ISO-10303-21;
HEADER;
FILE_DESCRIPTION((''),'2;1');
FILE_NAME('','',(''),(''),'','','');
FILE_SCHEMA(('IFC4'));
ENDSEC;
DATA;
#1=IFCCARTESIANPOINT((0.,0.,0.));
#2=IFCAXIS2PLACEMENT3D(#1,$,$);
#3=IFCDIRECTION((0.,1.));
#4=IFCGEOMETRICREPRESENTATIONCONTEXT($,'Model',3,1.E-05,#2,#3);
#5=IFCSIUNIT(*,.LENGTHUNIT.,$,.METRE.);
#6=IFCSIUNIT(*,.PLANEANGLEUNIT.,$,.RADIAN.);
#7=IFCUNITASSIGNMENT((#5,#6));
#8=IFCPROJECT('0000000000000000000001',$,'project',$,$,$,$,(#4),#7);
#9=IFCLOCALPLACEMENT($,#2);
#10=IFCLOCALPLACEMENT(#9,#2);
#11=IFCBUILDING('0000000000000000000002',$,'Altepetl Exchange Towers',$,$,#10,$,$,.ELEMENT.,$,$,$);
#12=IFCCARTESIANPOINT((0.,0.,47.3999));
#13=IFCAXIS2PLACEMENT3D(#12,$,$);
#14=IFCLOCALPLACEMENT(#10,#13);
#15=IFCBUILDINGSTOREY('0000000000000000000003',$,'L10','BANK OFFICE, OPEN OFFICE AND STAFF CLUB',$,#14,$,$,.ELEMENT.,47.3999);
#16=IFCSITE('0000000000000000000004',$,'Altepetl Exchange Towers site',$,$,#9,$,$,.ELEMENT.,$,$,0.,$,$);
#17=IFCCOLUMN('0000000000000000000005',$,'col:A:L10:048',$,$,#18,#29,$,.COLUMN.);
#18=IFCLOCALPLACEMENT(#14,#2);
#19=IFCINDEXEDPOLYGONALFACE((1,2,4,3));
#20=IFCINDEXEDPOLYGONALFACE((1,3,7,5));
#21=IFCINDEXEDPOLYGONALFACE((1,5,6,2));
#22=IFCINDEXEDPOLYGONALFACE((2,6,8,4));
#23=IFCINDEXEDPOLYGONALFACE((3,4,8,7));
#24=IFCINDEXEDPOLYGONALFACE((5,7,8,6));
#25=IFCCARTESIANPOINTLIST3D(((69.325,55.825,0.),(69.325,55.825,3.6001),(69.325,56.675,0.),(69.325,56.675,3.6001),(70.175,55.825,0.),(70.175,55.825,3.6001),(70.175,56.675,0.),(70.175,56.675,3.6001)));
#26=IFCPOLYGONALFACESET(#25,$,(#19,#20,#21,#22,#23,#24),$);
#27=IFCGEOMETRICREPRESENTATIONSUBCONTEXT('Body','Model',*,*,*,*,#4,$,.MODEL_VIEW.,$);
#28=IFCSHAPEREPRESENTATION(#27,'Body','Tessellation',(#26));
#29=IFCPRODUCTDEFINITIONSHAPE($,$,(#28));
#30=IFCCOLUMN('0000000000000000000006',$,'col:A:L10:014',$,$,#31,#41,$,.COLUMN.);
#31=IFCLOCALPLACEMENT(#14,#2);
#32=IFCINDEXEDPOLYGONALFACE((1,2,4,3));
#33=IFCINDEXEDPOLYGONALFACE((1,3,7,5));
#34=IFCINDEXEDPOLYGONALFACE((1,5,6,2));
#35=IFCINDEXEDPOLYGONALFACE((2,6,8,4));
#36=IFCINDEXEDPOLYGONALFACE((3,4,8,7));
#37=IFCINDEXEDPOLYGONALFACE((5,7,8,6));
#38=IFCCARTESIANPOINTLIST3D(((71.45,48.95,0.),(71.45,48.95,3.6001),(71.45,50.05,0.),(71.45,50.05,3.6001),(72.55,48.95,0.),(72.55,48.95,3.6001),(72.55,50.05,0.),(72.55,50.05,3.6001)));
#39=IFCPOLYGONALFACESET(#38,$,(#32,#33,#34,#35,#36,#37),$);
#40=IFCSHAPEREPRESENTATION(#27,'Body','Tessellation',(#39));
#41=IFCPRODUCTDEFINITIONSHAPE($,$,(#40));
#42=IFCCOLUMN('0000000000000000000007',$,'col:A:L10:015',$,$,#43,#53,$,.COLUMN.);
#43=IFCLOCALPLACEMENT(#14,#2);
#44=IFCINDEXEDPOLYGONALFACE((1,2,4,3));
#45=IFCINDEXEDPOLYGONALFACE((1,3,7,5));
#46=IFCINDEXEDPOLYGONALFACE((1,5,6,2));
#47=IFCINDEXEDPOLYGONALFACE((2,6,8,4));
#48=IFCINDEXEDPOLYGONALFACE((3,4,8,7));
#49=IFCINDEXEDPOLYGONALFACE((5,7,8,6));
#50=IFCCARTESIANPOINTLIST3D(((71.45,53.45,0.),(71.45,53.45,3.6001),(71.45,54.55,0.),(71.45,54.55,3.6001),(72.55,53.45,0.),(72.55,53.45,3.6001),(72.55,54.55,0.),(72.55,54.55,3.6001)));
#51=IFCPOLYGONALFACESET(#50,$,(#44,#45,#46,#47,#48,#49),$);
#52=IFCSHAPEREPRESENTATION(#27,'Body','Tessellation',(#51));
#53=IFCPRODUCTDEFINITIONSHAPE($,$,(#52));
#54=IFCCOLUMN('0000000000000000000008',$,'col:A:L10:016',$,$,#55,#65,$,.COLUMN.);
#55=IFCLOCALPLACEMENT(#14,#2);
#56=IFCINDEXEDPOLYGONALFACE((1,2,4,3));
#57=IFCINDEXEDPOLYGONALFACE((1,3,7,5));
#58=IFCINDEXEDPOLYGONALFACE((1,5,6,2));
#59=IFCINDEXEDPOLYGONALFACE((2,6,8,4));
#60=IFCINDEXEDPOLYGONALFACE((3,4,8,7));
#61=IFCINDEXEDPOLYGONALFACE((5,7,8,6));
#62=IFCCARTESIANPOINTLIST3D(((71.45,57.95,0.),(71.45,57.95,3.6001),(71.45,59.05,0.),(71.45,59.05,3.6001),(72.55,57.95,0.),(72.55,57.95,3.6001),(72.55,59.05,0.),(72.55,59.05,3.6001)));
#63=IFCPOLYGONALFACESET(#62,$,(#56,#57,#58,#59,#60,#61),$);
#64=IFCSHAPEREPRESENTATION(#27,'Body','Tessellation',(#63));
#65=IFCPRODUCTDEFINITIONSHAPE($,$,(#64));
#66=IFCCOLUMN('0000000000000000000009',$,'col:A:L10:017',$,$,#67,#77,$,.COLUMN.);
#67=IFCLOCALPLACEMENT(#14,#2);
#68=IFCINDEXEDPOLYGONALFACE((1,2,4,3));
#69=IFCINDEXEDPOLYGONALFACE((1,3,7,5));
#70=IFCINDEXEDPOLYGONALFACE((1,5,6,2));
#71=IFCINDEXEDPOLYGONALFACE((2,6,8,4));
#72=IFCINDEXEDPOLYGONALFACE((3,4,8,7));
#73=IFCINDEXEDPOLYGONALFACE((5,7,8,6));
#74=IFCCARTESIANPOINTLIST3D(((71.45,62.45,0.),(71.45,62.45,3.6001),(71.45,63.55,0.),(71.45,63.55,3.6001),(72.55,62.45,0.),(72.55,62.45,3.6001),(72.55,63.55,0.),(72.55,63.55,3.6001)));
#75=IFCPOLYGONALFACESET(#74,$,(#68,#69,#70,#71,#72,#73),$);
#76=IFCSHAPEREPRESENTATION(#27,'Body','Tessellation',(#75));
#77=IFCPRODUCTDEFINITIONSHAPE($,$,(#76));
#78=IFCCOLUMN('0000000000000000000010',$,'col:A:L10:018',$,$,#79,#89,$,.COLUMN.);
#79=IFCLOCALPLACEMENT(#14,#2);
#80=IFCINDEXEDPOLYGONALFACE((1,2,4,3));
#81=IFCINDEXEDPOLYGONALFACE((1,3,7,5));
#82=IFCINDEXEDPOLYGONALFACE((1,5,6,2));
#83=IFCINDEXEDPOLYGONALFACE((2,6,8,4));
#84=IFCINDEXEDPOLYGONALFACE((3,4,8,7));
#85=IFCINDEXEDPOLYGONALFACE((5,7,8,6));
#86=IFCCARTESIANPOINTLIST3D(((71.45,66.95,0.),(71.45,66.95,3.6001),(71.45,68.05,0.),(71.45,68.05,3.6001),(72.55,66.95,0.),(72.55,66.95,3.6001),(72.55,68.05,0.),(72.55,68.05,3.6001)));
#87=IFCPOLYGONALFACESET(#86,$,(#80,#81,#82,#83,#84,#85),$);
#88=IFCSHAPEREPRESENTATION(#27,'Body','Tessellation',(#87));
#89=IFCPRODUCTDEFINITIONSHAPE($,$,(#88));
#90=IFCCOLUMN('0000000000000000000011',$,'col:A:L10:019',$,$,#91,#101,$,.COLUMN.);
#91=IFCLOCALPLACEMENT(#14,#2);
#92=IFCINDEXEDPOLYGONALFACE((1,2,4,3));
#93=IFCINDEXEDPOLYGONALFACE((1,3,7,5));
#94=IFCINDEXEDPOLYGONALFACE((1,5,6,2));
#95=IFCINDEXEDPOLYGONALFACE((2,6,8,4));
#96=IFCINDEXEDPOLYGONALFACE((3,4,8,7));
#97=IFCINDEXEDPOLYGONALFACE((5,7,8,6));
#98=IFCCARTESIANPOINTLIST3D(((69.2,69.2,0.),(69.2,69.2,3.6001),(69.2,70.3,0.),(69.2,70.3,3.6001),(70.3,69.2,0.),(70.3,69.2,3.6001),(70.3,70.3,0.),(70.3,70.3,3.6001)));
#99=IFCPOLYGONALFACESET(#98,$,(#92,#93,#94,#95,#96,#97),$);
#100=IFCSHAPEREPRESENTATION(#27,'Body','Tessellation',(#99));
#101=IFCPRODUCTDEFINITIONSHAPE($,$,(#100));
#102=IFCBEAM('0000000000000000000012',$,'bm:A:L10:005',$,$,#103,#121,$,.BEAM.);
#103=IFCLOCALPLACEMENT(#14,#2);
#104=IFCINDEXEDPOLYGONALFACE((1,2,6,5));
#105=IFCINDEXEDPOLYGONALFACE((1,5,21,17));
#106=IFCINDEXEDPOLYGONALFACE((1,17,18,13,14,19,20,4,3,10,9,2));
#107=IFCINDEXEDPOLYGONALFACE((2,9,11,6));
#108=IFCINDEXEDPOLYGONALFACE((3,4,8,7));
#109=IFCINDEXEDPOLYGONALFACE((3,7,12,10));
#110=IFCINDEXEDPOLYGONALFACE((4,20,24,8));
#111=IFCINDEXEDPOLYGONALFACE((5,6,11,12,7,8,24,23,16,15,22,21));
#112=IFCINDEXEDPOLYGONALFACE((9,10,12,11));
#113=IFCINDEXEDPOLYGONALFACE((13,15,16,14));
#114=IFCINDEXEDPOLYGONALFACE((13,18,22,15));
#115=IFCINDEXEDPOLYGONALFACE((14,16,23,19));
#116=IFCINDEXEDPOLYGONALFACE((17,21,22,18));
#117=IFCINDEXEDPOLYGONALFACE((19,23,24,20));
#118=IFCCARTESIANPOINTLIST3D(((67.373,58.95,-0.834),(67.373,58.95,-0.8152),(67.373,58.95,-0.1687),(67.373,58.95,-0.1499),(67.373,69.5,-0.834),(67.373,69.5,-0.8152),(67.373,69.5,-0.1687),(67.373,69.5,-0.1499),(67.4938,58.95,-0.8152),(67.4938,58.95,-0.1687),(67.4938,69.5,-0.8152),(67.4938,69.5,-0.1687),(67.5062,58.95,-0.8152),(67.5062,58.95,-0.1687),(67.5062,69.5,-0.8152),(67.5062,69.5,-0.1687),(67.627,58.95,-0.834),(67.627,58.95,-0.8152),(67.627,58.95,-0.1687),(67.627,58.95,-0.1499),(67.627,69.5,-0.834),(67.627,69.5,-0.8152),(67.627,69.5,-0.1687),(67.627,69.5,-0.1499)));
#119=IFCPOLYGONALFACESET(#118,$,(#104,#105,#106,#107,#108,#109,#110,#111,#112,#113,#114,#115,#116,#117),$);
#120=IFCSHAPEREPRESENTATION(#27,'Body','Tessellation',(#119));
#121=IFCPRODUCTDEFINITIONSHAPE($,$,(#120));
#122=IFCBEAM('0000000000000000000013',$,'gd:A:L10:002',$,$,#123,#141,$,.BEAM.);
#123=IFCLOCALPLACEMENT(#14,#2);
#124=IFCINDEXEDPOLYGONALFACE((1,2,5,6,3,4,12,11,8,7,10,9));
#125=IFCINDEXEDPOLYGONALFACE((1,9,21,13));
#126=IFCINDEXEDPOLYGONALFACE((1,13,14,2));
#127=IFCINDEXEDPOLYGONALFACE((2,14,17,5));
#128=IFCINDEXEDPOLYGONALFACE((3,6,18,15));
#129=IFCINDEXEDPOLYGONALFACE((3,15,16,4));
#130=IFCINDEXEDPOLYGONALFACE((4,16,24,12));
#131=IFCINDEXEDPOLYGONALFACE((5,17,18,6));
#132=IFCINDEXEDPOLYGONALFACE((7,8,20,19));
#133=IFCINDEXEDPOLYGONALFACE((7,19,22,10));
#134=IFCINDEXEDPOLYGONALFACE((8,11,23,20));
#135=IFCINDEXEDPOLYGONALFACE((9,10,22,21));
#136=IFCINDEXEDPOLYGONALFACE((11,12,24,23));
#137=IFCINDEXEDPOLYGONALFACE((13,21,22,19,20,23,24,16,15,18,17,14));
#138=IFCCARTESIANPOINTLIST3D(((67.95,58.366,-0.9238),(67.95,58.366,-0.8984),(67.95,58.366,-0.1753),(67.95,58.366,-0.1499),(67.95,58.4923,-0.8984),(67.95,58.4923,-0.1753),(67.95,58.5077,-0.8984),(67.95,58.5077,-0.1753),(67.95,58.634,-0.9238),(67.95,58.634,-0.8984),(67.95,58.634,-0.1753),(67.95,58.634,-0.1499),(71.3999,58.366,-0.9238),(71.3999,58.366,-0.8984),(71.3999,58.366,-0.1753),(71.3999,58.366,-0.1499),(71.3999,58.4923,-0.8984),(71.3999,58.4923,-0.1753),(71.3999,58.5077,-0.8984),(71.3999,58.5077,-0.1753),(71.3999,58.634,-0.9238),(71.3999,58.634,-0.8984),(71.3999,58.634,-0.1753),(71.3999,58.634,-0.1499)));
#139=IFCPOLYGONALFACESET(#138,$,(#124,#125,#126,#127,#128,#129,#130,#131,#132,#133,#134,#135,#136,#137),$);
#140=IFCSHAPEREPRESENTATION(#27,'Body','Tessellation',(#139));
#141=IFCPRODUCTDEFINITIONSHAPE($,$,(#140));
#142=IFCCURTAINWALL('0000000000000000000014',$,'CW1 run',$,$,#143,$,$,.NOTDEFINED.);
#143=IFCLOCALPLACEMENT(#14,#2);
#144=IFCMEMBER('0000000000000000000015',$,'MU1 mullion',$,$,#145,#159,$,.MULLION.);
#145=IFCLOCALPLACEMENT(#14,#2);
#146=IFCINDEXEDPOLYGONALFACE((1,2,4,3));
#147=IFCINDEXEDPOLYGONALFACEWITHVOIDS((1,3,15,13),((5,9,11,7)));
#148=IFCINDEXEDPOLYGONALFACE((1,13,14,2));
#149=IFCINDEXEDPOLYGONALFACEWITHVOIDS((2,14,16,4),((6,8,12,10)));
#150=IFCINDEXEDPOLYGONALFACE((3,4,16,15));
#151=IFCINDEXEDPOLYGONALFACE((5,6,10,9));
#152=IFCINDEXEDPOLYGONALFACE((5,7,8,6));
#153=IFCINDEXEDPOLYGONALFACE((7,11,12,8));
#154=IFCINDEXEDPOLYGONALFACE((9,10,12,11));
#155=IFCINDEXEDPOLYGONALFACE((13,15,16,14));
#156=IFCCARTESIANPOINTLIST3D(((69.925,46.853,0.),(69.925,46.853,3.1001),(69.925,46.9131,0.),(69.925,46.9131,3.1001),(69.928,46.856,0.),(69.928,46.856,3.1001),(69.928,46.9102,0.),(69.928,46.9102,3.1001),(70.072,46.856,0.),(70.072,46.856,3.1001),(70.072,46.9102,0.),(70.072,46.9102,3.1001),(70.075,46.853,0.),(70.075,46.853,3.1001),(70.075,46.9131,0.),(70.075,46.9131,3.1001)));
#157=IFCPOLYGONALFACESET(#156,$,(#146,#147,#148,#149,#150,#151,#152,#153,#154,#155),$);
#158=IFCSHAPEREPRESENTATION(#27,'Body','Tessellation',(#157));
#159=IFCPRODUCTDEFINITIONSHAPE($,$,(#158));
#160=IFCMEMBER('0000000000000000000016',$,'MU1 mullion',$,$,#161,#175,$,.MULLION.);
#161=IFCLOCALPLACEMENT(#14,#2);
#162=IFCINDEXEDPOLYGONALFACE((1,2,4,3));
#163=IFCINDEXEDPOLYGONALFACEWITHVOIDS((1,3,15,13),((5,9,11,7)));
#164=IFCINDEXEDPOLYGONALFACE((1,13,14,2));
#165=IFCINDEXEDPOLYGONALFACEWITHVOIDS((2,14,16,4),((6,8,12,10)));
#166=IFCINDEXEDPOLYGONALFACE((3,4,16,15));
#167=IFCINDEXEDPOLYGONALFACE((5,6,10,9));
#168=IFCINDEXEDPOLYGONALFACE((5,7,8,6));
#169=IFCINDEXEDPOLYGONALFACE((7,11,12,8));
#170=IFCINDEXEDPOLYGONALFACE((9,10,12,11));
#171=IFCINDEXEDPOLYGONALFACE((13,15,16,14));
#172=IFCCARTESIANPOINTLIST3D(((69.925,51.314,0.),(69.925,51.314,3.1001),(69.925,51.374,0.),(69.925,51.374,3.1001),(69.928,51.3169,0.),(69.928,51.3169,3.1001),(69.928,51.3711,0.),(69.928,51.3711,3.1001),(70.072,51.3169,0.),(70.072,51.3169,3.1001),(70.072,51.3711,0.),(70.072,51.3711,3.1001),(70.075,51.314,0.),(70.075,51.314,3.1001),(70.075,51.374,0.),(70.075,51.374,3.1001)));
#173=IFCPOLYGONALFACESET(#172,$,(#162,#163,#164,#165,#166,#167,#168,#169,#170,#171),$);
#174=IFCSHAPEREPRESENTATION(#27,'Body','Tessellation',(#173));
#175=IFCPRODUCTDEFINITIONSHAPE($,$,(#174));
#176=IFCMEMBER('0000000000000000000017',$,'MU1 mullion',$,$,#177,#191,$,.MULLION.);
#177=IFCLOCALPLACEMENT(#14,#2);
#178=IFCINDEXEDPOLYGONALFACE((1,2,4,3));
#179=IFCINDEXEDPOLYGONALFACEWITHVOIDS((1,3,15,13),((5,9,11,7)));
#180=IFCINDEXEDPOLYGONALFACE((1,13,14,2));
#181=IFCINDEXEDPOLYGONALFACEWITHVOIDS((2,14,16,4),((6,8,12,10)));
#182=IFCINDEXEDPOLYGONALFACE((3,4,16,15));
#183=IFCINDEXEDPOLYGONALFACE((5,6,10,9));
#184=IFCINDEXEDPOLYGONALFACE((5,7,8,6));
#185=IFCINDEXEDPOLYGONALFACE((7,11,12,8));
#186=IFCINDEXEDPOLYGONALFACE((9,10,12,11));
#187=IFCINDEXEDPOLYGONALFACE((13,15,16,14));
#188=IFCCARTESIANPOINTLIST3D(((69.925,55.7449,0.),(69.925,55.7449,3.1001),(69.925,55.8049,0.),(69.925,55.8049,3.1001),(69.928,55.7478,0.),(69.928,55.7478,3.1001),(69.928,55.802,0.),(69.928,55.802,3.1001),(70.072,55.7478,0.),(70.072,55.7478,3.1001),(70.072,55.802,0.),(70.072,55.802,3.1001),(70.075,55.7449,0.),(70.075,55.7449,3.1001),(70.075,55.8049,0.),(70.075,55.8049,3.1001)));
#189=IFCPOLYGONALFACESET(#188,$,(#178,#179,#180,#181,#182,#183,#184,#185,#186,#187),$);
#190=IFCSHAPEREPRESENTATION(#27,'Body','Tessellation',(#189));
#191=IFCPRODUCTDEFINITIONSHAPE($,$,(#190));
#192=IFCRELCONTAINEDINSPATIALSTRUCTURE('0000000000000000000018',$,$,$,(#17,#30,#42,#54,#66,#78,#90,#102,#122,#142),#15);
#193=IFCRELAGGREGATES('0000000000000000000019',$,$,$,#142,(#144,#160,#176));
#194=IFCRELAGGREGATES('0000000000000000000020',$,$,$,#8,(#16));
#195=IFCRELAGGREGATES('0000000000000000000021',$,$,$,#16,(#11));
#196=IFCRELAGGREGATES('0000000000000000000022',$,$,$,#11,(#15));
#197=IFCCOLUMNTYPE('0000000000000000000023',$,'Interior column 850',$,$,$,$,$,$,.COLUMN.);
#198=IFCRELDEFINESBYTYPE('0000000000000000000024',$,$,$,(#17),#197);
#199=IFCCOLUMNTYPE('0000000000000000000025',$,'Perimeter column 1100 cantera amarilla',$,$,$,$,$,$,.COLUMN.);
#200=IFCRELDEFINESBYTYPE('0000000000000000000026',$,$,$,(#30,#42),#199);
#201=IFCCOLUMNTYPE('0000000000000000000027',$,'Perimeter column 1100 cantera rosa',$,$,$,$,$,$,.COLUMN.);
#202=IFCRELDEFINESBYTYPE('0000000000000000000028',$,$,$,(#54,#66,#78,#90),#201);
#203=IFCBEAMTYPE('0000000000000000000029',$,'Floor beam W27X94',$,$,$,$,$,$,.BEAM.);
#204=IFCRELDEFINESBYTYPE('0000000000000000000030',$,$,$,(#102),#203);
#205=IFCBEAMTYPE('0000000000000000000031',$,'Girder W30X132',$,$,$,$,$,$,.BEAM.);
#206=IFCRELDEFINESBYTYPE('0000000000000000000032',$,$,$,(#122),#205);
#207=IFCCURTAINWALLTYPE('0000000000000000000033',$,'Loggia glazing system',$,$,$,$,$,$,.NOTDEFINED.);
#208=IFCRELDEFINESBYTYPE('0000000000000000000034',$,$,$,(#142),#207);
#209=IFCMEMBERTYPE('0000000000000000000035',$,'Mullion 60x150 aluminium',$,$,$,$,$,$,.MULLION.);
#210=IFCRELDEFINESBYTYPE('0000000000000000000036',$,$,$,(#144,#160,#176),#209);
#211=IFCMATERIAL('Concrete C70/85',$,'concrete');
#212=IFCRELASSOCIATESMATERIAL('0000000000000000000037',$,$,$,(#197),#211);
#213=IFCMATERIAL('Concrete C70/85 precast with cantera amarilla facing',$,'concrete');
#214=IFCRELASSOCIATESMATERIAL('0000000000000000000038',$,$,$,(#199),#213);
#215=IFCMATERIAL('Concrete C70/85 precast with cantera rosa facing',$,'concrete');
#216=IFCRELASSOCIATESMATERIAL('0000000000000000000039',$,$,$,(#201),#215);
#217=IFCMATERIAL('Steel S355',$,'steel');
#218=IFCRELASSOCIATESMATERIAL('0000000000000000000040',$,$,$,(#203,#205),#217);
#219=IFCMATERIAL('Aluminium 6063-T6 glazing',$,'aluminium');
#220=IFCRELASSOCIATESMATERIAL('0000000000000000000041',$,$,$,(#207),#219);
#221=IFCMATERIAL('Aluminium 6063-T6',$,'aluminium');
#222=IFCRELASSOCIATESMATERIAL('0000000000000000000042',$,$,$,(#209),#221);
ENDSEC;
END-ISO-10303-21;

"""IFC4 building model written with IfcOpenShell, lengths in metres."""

from ifc_helpers import new_model, si_unit, direction, frame, origin, origin_2d, place, context, subcontext, project, spatial, rectangle, hollow_rectangle, i_section, extrude, material, material_profile, profile_set, type_object, element, aggregate, save


model = new_model("IFC4")

# Units and contexts
model_context = context("Model", 3, precision=1e-05, world=origin(), true_north=direction((0.0, 1.0)))
body_context = subcontext(model_context, "Body", "Model", "MODEL_VIEW")
ifc_project = project(units=[si_unit("LENGTHUNIT", "METRE"), si_unit("PLANEANGLEUNIT", "RADIAN")], contexts=[model_context])

# Site, building, storey
site_placement = place(None, origin())
site = spatial("IfcSite", under=ifc_project, at=site_placement, Name="Altepetl Exchange Towers site", CompositionType="ELEMENT", RefElevation=0.0)
building_placement = place(site_placement, origin())
building = spatial("IfcBuilding", under=site, at=building_placement, Name="Altepetl Exchange Towers", CompositionType="ELEMENT")
storey_placement = place(building_placement, frame((0.0, 0.0, 47.3999)))
storey = spatial("IfcBuildingStorey", under=building, at=storey_placement, Name="L10", Description="BANK OFFICE, OPEN OFFICE AND STAFF CLUB", CompositionType="ELEMENT", Elevation=47.3999)

# Columns
ifc_material_1 = material(Name="Concrete C70/85", Category="concrete")
ifc_material_profile_1 = material_profile(ifc_material_1, rectangle(XDim=0.8501, YDim=0.8501, at=origin_2d()), Name="850 x 850")
ifc_profile_set_1 = profile_set([ifc_material_profile_1], Name="Concrete C70/85")
column_type_1 = type_object("IfcColumnType", Name="Interior column 850", PredefinedType="COLUMN", material=ifc_profile_set_1)
column_placement = place(storey_placement, frame((69.75, 56.25, 0.0)))
element("IfcColumn", 1, at=column_placement, inside=storey, type_object=column_type_1, Name="col:A:L10:048", PredefinedType="COLUMN", context=body_context, shape_type="SweptSolid", body=[
    extrude(rectangle(XDim=0.8501, YDim=0.8501, at=origin_2d()), origin(), (0.0, 0.0, 1.0), 3.6001),
])
ifc_material_2 = material(Name="Concrete C70/85 precast with cantera amarilla facing", Category="concrete")
ifc_material_profile_2 = material_profile(ifc_material_2, rectangle(XDim=1.1001, YDim=1.1001, at=origin_2d()), Name="1100 x 1100")
ifc_profile_set_2 = profile_set([ifc_material_profile_2], Name="Concrete C70/85 precast with cantera amarilla facing")
column_type_2 = type_object("IfcColumnType", Name="Perimeter column 1100 cantera amarilla", PredefinedType="COLUMN", material=ifc_profile_set_2)
for number, where, name in (
    (2, (72.0, 49.5, 0.0), "col:A:L10:014"),
    (3, (72.0, 54.0, 0.0), "col:A:L10:015"),
):
    element("IfcColumn", number, at=place(storey_placement, frame(where)), inside=storey, type_object=column_type_2, Name=name, PredefinedType="COLUMN", context=body_context, shape_type="SweptSolid", body=[
        extrude(rectangle(XDim=1.1001, YDim=1.1001, at=origin_2d()), origin(), (0.0, 0.0, 1.0), 3.6001),
    ])
ifc_material_3 = material(Name="Concrete C70/85 precast with cantera rosa facing", Category="concrete")
ifc_material_profile_3 = material_profile(ifc_material_3, rectangle(XDim=1.1001, YDim=1.1001, at=origin_2d()), Name="1100 x 1100")
ifc_profile_set_3 = profile_set([ifc_material_profile_3], Name="Concrete C70/85 precast with cantera rosa facing")
column_type_3 = type_object("IfcColumnType", Name="Perimeter column 1100 cantera rosa", PredefinedType="COLUMN", material=ifc_profile_set_3)
for number, where, name in (
    (4, (72.0, 58.5, 0.0), "col:A:L10:016"),
    (5, (72.0, 63.0, 0.0), "col:A:L10:017"),
    (6, (72.0, 67.5, 0.0), "col:A:L10:018"),
    (7, (69.75, 69.75, 0.0), "col:A:L10:019"),
):
    element("IfcColumn", number, at=place(storey_placement, frame(where)), inside=storey, type_object=column_type_3, Name=name, PredefinedType="COLUMN", context=body_context, shape_type="SweptSolid", body=[
        extrude(rectangle(XDim=1.1001, YDim=1.1001, at=origin_2d()), origin(), (0.0, 0.0, 1.0), 3.6001),
    ])

# Beams
ifc_material_4 = material(Name="Steel S355", Category="steel")
ifc_material_profile_4 = material_profile(ifc_material_4, i_section(OverallWidth=0.2539, OverallDepth=0.6841, WebThickness=0.0125, FlangeThickness=0.0188, at=origin_2d()), Name="W27X94")
ifc_profile_set_4 = profile_set([ifc_material_profile_4], Name="Steel S355")
beam_type_1 = type_object("IfcBeamType", Name="Floor beam W27X94", PredefinedType="BEAM", material=ifc_profile_set_4)
beam_1_placement = place(storey_placement, frame((67.5, 58.95, -0.4919), z_axis=(0.0, 1.0, 0.0), x_axis=(-1.0, 0.0, 0.0)))
element("IfcBeam", 8, at=beam_1_placement, inside=storey, type_object=beam_type_1, Name="bm:A:L10:005", PredefinedType="BEAM", context=body_context, shape_type="SweptSolid", body=[
    extrude(i_section(OverallWidth=0.2539, OverallDepth=0.6841, WebThickness=0.0125, FlangeThickness=0.0188, at=origin_2d()), origin(), (0.0, 0.0, 1.0), 10.55),
])
ifc_material_profile_5 = material_profile(ifc_material_4, i_section(OverallWidth=0.2681, OverallDepth=0.7739, WebThickness=0.0154, FlangeThickness=0.0254, at=origin_2d()), Name="W30X132")
ifc_profile_set_5 = profile_set([ifc_material_profile_5], Name="Steel S355")
beam_type_2 = type_object("IfcBeamType", Name="Girder W30X132", PredefinedType="BEAM", material=ifc_profile_set_5)
beam_2_placement = place(storey_placement, frame((67.95, 58.5, -0.5369), z_axis=(1.0, 0.0, 0.0), x_axis=(0.0, 1.0, 0.0)))
element("IfcBeam", 9, at=beam_2_placement, inside=storey, type_object=beam_type_2, Name="gd:A:L10:002", PredefinedType="BEAM", context=body_context, shape_type="SweptSolid", body=[
    extrude(i_section(OverallWidth=0.2681, OverallDepth=0.7739, WebThickness=0.0154, FlangeThickness=0.0254, at=origin_2d()), origin(), (0.0, 0.0, 1.0), 3.45),
])

# Curtain wall, members
ifc_material_5 = material(Name="Aluminium 6063-T6 glazing", Category="aluminium")
curtain_wall_type = type_object("IfcCurtainWallType", Name="Loggia glazing system", PredefinedType="NOTDEFINED", material=ifc_material_5)
curtain_wall_1_placement = place(storey_placement, origin())
curtain_wall_1 = element("IfcCurtainWall", 10, at=curtain_wall_1_placement, inside=storey, type_object=curtain_wall_type, Name="CW1 run", PredefinedType="NOTDEFINED")
ifc_material_6 = material(Name="Aluminium 6063-T6", Category="aluminium")
ifc_material_profile_6 = material_profile(ifc_material_6, hollow_rectangle(XDim=0.0601, YDim=0.1499, WallThickness=0.0029, at=origin_2d()), Name="Mullion 60x150 aluminium")
ifc_profile_set_6 = profile_set([ifc_material_profile_6], Name="Aluminium 6063-T6")
member_type = type_object("IfcMemberType", Name="Mullion 60x150 aluminium", PredefinedType="MULLION", material=ifc_profile_set_6)
member_1_placement = place(storey_placement, frame((70.0, 46.8831, 0.0), z_axis=(0.0, 0.0, 1.0), x_axis=(0.0, 1.0, 0.0)))
member_1 = element("IfcMember", 11, at=member_1_placement, type_object=member_type, Name="MU1 mullion", PredefinedType="MULLION", context=body_context, shape_type="SweptSolid", body=[
    extrude(hollow_rectangle(XDim=0.0601, YDim=0.1499, WallThickness=0.0029, at=origin_2d()), origin(), (0.0, 0.0, 1.0), 3.1001),
])
member_2_placement = place(storey_placement, frame((70.0, 51.344, 0.0), z_axis=(0.0, 0.0, 1.0), x_axis=(0.0, 1.0, 0.0)))
member_2 = element("IfcMember", 12, at=member_2_placement, type_object=member_type, Name="MU1 mullion", PredefinedType="MULLION", context=body_context, shape_type="SweptSolid", body=[
    extrude(hollow_rectangle(XDim=0.0601, YDim=0.1499, WallThickness=0.0029, at=origin_2d()), origin(), (0.0, 0.0, 1.0), 3.1001),
])
member_3_placement = place(storey_placement, frame((70.0, 55.7749, 0.0), z_axis=(0.0, 0.0, 1.0), x_axis=(0.0, 1.0, 0.0)))
member_3 = element("IfcMember", 13, at=member_3_placement, type_object=member_type, Name="MU1 mullion", PredefinedType="MULLION", context=body_context, shape_type="SweptSolid", body=[
    extrude(hollow_rectangle(XDim=0.0601, YDim=0.1499, WallThickness=0.0029, at=origin_2d()), origin(), (0.0, 0.0, 1.0), 3.1001),
])

aggregate(curtain_wall_1, [member_1, member_2, member_3])

save(model, "model.ifc")
